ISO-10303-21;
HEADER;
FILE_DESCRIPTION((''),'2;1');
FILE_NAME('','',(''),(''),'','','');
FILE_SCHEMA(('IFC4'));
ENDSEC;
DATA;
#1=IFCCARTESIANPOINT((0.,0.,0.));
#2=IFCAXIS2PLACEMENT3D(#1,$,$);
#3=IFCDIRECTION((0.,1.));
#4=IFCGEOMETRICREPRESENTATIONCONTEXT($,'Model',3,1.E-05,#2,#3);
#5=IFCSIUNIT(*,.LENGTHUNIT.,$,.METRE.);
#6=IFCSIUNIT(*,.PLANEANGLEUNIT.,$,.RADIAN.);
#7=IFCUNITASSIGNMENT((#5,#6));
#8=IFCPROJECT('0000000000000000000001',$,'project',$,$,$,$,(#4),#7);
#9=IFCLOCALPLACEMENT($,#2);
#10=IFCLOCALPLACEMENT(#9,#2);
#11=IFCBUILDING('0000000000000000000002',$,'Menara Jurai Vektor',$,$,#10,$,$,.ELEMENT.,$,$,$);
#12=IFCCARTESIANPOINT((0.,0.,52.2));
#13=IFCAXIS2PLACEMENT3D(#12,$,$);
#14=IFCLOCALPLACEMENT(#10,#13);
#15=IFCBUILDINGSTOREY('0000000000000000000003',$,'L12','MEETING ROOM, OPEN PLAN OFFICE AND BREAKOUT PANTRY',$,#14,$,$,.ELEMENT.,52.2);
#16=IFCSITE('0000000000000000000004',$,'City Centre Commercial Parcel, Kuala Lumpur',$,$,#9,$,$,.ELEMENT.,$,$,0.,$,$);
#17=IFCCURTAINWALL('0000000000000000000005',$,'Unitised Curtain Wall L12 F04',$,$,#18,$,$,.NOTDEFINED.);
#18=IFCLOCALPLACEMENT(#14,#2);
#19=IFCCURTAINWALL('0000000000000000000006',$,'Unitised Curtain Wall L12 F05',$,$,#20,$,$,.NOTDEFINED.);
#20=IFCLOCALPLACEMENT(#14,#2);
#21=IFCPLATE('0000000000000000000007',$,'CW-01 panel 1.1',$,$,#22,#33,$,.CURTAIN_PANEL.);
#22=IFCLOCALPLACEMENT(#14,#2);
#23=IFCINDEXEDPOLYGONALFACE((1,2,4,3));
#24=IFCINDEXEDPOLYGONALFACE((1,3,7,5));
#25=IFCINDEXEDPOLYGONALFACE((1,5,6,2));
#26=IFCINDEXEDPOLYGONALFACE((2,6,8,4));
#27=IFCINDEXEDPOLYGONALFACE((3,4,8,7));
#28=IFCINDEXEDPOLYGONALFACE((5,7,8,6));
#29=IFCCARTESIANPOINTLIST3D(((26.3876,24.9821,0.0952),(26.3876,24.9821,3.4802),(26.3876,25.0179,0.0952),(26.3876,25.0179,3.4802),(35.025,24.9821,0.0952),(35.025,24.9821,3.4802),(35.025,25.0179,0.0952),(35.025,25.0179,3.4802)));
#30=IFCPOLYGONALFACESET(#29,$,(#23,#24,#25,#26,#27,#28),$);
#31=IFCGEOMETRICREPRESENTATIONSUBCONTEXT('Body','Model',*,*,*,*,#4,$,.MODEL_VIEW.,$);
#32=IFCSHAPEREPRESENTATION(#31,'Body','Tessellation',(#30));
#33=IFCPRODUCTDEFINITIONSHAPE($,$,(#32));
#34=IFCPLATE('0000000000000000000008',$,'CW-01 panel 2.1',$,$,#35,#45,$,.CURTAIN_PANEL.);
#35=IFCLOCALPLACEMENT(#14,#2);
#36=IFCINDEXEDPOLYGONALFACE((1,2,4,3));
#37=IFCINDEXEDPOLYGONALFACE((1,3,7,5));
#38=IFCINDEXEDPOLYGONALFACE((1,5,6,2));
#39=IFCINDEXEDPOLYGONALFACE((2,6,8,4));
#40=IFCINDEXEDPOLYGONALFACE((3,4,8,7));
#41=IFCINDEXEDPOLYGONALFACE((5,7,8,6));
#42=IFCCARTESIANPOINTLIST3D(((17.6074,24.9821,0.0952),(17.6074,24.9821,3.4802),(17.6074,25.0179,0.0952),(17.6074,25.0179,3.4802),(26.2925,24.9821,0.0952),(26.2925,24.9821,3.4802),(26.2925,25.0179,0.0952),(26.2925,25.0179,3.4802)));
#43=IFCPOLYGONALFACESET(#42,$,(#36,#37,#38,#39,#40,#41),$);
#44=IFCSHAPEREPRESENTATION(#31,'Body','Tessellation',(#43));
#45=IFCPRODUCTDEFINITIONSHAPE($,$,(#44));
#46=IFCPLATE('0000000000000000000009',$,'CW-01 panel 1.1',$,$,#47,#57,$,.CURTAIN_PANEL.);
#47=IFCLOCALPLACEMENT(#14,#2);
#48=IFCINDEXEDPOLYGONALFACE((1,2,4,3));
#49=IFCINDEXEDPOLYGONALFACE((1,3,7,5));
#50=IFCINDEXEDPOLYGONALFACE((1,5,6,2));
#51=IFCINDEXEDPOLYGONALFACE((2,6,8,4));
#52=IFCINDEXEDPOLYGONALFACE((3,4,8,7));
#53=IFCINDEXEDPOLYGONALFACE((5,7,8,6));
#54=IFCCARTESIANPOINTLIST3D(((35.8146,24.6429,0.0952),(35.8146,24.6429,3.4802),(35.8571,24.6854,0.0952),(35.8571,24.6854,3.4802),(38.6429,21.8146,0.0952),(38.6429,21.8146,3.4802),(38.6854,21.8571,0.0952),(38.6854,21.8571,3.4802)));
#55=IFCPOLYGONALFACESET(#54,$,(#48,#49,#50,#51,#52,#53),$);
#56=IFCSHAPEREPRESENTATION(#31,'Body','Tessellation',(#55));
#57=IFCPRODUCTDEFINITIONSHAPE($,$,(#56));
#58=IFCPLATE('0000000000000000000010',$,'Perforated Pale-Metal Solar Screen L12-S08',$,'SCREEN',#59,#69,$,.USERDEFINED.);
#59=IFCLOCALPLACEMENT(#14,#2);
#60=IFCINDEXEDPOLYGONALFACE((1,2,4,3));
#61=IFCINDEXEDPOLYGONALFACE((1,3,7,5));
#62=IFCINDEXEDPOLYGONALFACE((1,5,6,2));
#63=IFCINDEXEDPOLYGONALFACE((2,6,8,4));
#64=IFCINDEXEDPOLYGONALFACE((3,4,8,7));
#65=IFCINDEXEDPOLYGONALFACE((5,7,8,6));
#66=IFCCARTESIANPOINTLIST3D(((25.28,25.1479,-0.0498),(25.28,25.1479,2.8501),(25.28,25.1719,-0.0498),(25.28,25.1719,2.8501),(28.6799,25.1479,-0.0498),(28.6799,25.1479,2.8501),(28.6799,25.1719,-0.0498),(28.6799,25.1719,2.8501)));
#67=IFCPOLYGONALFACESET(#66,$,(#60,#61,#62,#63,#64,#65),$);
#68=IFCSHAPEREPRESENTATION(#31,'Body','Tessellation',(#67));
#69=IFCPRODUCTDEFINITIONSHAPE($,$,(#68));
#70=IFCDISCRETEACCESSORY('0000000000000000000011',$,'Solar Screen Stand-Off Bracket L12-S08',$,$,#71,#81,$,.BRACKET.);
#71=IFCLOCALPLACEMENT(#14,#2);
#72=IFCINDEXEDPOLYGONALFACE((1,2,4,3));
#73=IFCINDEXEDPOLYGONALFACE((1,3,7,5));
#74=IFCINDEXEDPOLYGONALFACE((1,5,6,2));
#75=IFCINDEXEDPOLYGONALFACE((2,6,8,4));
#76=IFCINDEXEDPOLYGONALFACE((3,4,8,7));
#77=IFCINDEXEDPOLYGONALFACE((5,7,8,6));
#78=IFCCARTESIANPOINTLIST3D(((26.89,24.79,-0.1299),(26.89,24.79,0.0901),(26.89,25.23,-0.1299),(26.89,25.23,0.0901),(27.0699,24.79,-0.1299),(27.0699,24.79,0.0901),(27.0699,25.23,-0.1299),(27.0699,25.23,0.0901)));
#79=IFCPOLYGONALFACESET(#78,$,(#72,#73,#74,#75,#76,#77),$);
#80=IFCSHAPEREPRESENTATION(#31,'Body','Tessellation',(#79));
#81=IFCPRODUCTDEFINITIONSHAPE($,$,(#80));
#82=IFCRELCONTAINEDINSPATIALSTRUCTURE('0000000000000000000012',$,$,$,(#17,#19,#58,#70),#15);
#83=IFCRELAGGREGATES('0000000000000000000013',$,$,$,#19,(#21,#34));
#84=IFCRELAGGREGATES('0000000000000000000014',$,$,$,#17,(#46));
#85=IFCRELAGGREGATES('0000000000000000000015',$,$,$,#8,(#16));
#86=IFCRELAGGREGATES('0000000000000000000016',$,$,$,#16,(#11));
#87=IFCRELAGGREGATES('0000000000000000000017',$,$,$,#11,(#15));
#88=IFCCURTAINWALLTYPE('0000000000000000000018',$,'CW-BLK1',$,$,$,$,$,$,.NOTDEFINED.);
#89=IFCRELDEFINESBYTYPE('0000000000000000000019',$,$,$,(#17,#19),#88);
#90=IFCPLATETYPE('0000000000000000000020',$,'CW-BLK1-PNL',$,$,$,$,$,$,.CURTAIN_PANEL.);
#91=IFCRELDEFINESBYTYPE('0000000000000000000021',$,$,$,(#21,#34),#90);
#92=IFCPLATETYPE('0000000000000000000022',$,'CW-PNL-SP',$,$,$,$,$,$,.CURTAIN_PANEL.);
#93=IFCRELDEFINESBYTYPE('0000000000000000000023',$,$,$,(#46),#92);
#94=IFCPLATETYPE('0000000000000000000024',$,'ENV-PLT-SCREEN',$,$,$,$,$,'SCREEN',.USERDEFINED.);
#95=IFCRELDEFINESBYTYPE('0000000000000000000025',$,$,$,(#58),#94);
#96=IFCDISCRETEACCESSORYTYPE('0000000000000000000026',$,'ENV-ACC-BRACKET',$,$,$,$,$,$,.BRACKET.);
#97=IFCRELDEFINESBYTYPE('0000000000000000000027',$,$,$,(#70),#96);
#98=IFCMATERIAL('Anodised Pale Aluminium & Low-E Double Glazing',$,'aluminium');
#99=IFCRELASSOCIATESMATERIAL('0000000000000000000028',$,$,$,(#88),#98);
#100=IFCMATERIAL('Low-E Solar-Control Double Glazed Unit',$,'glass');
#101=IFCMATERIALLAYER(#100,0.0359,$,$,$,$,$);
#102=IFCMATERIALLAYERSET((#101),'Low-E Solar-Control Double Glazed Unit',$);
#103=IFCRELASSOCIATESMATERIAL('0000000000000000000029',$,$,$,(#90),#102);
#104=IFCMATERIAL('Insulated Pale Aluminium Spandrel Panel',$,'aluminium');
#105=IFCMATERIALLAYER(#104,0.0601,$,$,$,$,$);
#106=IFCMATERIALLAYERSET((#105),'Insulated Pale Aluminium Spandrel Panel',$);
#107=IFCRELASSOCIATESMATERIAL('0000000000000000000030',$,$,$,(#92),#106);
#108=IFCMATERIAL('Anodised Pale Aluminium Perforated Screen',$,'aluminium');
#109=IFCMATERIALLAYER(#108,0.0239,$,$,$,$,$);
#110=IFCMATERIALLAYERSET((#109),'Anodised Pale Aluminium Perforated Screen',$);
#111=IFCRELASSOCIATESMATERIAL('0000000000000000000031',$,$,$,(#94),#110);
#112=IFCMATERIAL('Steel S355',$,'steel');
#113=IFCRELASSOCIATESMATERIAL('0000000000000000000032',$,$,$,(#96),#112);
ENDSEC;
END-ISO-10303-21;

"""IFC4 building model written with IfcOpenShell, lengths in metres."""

from ifc_helpers import new_model, si_unit, direction, frame, origin, origin_2d, place, context, subcontext, project, spatial, rectangle, extrude, material, layer, layer_set, type_object, element, aggregate, save


model = new_model("IFC4")

# Units and contexts
model_context = context("Model", 3, precision=1e-05, world=origin(), true_north=direction((0.0, 1.0)))
body_context = subcontext(model_context, "Body", "Model", "MODEL_VIEW")
ifc_project = project(units=[si_unit("LENGTHUNIT", "METRE"), si_unit("PLANEANGLEUNIT", "RADIAN")], contexts=[model_context])

# Site, building, storey
site_placement = place(None, origin())
site = spatial("IfcSite", under=ifc_project, at=site_placement, Name="City Centre Commercial Parcel, Kuala Lumpur", CompositionType="ELEMENT", RefElevation=0.0)
building_placement = place(site_placement, origin())
building = spatial("IfcBuilding", under=site, at=building_placement, Name="Menara Jurai Vektor", CompositionType="ELEMENT")
storey_placement = place(building_placement, frame((0.0, 0.0, 52.2)))
storey = spatial("IfcBuildingStorey", under=building, at=storey_placement, Name="L12", Description="MEETING ROOM, OPEN PLAN OFFICE AND BREAKOUT PANTRY", CompositionType="ELEMENT", Elevation=52.2)

# Curtain walls
ifc_material_1 = material(Name="Anodised Pale Aluminium & Low-E Double Glazing", Category="aluminium")
curtain_wall_type = type_object("IfcCurtainWallType", Name="CW-BLK1", PredefinedType="NOTDEFINED", material=ifc_material_1)
curtain_wall_1_placement = place(storey_placement, origin())
curtain_wall_1 = element("IfcCurtainWall", 1, at=curtain_wall_1_placement, inside=storey, type_object=curtain_wall_type, Name="Unitised Curtain Wall L12 F04", PredefinedType="NOTDEFINED")
curtain_wall_2_placement = place(storey_placement, origin())
curtain_wall_2 = element("IfcCurtainWall", 2, at=curtain_wall_2_placement, inside=storey, type_object=curtain_wall_type, Name="Unitised Curtain Wall L12 F05", PredefinedType="NOTDEFINED")

# Shared definitions
ifc_material_2 = material(Name="Steel S355", Category="steel")

# Plates
ifc_material_3 = material(Name="Low-E Solar-Control Double Glazed Unit", Category="glass")
ifc_layer_1 = layer(ifc_material_3, 0.0359)
ifc_layer_set_1 = layer_set([ifc_layer_1], Name="Low-E Solar-Control Double Glazed Unit")
plate_type_1 = type_object("IfcPlateType", Name="CW-BLK1-PNL", PredefinedType="CURTAIN_PANEL", material=ifc_layer_set_1)
plate_1_placement = place(storey_placement, frame((30.7063, 25.0, 0.0952), z_axis=(0.0, 0.0, 1.0), x_axis=(-1.0, 0.0, 0.0)))
plate_1 = element("IfcPlate", 3, at=plate_1_placement, type_object=plate_type_1, Name="CW-01 panel 1.1", PredefinedType="CURTAIN_PANEL", context=body_context, shape_type="SweptSolid", body=[
    extrude(rectangle(XDim=8.6375, YDim=0.0359, at=origin_2d()), origin(), (0.0, 0.0, 1.0), 3.385),
])
plate_2_placement = place(storey_placement, frame((21.95, 25.0, 0.0952), z_axis=(0.0, 0.0, 1.0), x_axis=(-1.0, 0.0, 0.0)))
plate_2 = element("IfcPlate", 4, at=plate_2_placement, type_object=plate_type_1, Name="CW-01 panel 2.1", PredefinedType="CURTAIN_PANEL", context=body_context, shape_type="SweptSolid", body=[
    extrude(rectangle(XDim=8.6851, YDim=0.0359, at=origin_2d()), origin(), (0.0, 0.0, 1.0), 3.385),
])
aggregate(curtain_wall_2, [plate_1, plate_2])
ifc_material_4 = material(Name="Insulated Pale Aluminium Spandrel Panel", Category="aluminium")
ifc_layer_2 = layer(ifc_material_4, 0.0601)
ifc_layer_set_2 = layer_set([ifc_layer_2], Name="Insulated Pale Aluminium Spandrel Panel")
plate_type_2 = type_object("IfcPlateType", Name="CW-PNL-SP", PredefinedType="CURTAIN_PANEL", material=ifc_layer_set_2)
plate_3_placement = place(storey_placement, frame((37.25, 23.25, 0.0952), z_axis=(0.0, 0.0, 1.0), x_axis=(-0.707107, 0.707107, 0.0)))
plate_3 = element("IfcPlate", 5, at=plate_3_placement, type_object=plate_type_2, Name="CW-01 panel 1.1", PredefinedType="CURTAIN_PANEL", context=body_context, shape_type="SweptSolid", body=[
    extrude(rectangle(XDim=3.9998, YDim=0.0601, at=origin_2d()), origin(), (0.0, 0.0, 1.0), 3.385),
])
aggregate(curtain_wall_1, [plate_3])
ifc_material_5 = material(Name="Anodised Pale Aluminium Perforated Screen", Category="aluminium")
ifc_layer_3 = layer(ifc_material_5, 0.0239)
ifc_layer_set_3 = layer_set([ifc_layer_3], Name="Anodised Pale Aluminium Perforated Screen")
plate_type_3 = type_object("IfcPlateType", Name="ENV-PLT-SCREEN", ElementType="SCREEN", PredefinedType="USERDEFINED", material=ifc_layer_set_3)
plate_4_placement = place(storey_placement, frame((26.98, 25.1599, -0.0498), z_axis=(0.0, 0.0, 1.0), x_axis=(-1.0, 0.0, 0.0)))
element("IfcPlate", 6, at=plate_4_placement, inside=storey, type_object=plate_type_3, Name="Perforated Pale-Metal Solar Screen L12-S08", ObjectType="SCREEN", PredefinedType="USERDEFINED", context=body_context, shape_type="SweptSolid", body=[
    extrude(rectangle(XDim=3.3999, YDim=0.0239, at=origin_2d()), origin(), (0.0, 0.0, 1.0), 2.8999),
])

# Discrete accessory
discrete_accessory_type = type_object("IfcDiscreteAccessoryType", Name="ENV-ACC-BRACKET", PredefinedType="BRACKET", material=ifc_material_2)
discrete_accessory_placement = place(storey_placement, frame((26.98, 25.01, -0.1299), z_axis=(0.0, 0.0, 1.0), x_axis=(-1.0, 0.0, 0.0)))
element("IfcDiscreteAccessory", 7, at=discrete_accessory_placement, inside=storey, type_object=discrete_accessory_type, Name="Solar Screen Stand-Off Bracket L12-S08", PredefinedType="BRACKET", context=body_context, shape_type="SweptSolid", body=[
    extrude(rectangle(XDim=0.1799, YDim=0.4399, at=origin_2d()), origin(), (0.0, 0.0, 1.0), 0.22),
])

save(model, "model.ifc")
